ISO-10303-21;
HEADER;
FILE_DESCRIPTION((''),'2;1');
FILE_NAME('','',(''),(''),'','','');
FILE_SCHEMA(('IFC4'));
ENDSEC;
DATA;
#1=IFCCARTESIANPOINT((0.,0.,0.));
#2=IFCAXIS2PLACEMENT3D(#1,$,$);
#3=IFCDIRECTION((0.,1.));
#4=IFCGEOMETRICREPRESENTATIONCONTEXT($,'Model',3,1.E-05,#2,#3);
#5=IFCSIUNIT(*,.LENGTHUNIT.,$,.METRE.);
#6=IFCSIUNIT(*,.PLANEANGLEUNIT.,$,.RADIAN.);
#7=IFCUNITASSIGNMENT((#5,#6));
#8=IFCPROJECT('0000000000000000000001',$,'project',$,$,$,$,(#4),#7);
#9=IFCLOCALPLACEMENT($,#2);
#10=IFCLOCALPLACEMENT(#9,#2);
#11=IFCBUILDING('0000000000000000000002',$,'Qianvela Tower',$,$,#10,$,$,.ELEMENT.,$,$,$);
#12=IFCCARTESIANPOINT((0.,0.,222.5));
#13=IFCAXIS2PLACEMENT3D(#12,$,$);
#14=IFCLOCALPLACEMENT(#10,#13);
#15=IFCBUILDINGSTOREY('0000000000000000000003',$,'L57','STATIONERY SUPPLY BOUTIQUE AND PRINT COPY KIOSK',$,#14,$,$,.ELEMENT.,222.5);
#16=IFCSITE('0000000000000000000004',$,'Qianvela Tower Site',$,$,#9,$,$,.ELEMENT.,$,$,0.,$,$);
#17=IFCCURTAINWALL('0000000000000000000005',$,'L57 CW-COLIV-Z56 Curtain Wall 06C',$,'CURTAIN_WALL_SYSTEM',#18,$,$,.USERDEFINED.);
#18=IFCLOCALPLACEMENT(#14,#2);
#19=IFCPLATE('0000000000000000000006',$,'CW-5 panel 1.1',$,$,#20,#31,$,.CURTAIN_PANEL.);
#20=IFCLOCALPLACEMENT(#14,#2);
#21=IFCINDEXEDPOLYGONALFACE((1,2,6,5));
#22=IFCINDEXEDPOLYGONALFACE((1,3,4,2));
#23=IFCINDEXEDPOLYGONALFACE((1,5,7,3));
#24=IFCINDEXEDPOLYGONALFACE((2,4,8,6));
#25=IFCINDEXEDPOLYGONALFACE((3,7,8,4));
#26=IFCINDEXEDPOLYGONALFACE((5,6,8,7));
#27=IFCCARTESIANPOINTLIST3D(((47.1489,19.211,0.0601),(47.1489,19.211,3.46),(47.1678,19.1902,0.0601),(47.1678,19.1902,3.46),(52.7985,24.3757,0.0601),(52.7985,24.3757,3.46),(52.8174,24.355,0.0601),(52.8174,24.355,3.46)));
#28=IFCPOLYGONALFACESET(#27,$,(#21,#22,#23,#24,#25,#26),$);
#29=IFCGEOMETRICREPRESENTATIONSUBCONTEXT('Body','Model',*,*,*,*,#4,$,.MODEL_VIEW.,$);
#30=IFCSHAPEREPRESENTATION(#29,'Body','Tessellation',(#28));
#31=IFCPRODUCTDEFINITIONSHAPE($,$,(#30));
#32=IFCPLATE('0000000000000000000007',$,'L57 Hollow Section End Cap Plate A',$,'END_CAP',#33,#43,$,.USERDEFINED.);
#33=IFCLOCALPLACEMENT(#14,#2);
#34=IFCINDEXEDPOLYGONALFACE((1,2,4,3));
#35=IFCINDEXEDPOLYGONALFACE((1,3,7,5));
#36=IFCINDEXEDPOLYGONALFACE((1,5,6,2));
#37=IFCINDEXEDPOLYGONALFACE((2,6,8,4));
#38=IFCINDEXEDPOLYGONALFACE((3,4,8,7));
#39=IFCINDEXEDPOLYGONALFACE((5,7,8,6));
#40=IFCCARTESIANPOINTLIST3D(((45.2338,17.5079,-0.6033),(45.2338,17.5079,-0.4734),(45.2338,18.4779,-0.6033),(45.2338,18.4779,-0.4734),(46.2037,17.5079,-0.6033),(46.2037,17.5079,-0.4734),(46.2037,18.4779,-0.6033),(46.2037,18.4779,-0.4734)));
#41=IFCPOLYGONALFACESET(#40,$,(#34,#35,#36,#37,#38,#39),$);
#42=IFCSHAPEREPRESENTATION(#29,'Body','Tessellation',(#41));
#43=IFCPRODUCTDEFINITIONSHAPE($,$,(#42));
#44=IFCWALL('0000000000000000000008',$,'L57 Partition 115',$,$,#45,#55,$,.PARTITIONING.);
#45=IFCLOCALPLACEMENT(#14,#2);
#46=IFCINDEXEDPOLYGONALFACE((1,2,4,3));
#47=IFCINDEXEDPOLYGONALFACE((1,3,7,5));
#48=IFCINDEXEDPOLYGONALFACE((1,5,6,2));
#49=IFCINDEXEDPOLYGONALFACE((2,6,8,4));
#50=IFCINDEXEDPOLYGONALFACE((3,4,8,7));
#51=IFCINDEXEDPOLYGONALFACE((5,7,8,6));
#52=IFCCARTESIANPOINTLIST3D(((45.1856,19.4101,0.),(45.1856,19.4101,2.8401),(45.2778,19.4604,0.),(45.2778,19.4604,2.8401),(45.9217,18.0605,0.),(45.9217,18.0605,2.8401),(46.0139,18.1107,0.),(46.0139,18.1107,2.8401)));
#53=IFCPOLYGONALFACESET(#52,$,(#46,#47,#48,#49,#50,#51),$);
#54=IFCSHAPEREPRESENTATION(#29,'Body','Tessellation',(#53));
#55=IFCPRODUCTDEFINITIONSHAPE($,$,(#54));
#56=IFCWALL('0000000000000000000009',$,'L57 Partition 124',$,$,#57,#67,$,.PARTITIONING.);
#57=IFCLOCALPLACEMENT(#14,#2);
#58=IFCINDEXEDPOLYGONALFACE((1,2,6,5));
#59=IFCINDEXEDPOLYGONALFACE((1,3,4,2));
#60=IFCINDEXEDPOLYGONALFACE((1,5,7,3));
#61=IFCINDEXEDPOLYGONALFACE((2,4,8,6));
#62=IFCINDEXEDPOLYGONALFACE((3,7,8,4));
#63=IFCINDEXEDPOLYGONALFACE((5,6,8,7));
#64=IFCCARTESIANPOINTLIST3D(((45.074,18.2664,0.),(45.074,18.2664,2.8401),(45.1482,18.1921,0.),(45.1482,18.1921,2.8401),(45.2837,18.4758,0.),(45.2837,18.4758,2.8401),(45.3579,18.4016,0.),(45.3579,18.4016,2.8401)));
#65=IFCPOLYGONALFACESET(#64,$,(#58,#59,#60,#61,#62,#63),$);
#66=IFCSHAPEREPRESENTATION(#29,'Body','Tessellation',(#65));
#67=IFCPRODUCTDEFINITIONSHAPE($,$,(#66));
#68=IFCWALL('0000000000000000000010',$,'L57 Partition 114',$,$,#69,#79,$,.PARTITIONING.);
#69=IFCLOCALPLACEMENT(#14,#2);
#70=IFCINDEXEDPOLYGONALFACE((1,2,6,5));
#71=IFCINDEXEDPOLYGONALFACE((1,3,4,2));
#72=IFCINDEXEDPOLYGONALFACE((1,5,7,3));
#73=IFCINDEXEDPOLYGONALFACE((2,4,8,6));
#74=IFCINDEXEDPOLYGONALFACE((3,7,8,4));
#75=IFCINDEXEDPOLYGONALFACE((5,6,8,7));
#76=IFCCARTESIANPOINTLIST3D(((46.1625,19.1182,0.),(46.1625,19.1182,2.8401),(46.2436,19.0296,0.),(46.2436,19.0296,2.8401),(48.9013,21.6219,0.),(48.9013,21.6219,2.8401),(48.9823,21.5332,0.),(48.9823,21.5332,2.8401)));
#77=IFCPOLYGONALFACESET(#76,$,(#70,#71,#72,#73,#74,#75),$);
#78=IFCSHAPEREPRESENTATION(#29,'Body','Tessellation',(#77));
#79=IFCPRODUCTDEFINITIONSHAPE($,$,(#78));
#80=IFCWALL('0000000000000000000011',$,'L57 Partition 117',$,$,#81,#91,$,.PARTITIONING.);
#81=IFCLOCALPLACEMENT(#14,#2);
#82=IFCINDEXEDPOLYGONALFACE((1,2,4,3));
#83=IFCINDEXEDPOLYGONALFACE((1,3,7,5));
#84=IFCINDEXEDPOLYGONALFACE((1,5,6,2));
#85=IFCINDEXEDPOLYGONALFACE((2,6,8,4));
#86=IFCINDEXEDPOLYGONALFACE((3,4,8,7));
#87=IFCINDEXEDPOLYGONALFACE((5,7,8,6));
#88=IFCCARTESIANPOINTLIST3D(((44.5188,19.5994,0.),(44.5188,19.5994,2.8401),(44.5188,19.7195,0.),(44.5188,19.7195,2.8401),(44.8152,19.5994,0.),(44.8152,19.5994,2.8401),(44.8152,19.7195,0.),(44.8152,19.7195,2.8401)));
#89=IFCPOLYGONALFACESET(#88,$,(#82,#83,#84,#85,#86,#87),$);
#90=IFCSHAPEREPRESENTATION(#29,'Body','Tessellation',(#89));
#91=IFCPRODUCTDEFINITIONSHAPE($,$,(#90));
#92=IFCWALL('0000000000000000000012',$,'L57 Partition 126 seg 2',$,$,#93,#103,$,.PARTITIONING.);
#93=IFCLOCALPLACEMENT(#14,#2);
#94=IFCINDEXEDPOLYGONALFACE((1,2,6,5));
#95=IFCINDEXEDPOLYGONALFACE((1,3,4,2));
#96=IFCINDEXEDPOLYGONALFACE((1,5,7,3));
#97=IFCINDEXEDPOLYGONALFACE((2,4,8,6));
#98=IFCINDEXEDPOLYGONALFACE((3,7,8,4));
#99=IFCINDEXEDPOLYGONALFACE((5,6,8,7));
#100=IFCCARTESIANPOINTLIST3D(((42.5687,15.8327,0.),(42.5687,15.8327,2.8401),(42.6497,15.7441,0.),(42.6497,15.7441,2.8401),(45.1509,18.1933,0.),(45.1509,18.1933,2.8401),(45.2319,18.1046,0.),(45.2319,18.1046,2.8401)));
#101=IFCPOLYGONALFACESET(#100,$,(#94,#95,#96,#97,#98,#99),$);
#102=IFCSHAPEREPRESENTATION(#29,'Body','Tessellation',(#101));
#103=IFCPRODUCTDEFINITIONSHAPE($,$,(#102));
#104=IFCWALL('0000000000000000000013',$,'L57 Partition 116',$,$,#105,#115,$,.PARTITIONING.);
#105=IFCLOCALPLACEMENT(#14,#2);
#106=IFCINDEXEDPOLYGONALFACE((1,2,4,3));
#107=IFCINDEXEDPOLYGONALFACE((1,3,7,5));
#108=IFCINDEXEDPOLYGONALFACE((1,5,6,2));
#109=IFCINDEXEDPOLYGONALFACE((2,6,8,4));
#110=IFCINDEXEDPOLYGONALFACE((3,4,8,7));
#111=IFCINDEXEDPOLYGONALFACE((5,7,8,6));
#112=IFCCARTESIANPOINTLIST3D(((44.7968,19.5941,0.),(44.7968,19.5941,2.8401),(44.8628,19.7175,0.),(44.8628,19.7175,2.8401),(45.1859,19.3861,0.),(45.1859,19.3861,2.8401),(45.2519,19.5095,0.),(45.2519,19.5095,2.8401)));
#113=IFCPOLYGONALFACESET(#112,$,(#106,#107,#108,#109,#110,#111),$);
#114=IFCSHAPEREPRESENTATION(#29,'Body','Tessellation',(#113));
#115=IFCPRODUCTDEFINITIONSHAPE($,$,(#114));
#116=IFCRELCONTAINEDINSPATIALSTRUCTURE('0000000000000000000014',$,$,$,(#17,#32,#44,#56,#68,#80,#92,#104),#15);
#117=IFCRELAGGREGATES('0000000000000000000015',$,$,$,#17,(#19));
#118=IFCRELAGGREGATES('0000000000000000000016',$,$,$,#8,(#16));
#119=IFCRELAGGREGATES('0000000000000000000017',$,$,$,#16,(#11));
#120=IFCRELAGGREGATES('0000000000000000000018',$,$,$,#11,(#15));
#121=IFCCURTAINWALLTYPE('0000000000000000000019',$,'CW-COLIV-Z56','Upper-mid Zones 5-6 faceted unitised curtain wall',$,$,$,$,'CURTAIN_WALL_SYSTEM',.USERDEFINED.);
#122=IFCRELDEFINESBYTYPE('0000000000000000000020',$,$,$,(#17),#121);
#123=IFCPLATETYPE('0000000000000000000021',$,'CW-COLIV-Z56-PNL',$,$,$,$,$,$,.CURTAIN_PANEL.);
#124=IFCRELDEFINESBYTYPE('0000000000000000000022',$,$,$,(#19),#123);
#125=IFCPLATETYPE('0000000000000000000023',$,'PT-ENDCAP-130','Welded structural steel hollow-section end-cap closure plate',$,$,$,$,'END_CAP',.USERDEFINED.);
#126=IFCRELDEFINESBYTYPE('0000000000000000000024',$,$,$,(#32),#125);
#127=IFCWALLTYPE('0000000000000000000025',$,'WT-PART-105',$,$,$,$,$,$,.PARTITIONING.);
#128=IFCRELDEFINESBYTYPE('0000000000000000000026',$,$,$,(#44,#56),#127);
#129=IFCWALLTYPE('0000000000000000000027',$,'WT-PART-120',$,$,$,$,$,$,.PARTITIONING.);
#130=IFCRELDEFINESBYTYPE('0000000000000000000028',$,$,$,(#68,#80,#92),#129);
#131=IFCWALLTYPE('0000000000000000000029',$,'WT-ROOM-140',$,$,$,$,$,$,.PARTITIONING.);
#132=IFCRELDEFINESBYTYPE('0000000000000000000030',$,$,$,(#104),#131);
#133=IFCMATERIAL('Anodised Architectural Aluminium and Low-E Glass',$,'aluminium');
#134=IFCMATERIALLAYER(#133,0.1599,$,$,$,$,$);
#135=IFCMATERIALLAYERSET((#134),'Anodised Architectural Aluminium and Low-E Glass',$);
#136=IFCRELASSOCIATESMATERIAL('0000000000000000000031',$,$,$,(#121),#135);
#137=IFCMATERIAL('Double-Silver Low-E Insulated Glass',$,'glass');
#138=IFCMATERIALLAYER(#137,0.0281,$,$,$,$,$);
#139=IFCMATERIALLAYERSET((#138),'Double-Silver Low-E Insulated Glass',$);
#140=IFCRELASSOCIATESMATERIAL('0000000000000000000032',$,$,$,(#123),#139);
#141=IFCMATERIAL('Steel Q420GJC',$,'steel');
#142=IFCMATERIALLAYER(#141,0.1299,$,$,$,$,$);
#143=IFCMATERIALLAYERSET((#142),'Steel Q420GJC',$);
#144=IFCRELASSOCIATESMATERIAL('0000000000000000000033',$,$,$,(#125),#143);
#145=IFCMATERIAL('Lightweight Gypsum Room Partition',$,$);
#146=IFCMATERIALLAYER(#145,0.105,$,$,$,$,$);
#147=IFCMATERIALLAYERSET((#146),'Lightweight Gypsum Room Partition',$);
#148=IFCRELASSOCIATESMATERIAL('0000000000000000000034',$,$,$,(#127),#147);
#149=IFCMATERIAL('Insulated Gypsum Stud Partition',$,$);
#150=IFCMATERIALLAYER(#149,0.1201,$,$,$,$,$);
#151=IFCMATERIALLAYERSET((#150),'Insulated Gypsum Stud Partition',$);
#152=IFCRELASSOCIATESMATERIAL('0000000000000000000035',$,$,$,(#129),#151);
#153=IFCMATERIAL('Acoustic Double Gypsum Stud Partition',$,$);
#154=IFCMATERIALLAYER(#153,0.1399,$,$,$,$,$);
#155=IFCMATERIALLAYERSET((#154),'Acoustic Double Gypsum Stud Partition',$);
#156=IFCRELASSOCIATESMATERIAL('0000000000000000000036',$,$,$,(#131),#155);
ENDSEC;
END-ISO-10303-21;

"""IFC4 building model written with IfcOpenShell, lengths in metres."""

from ifc_helpers import new_model, si_unit, direction, frame, frame_2d, origin, origin_2d, place, context, subcontext, project, spatial, rectangle, extrude, material, layer, layer_set, type_object, element, aggregate, save


model = new_model("IFC4")

# Units and contexts
model_context = context("Model", 3, precision=1e-05, world=origin(), true_north=direction((0.0, 1.0)))
body_context = subcontext(model_context, "Body", "Model", "MODEL_VIEW")
ifc_project = project(units=[si_unit("LENGTHUNIT", "METRE"), si_unit("PLANEANGLEUNIT", "RADIAN")], contexts=[model_context])

# Site, building, storey
site_placement = place(None, origin())
site = spatial("IfcSite", under=ifc_project, at=site_placement, Name="Qianvela Tower Site", CompositionType="ELEMENT", RefElevation=0.0)
building_placement = place(site_placement, origin())
building = spatial("IfcBuilding", under=site, at=building_placement, Name="Qianvela Tower", CompositionType="ELEMENT")
storey_placement = place(building_placement, frame((0.0, 0.0, 222.5)))
storey = spatial("IfcBuildingStorey", under=building, at=storey_placement, Name="L57", Description="STATIONERY SUPPLY BOUTIQUE AND PRINT COPY KIOSK", CompositionType="ELEMENT", Elevation=222.5)

# Curtain wall
ifc_material_1 = material(Name="Anodised Architectural Aluminium and Low-E Glass", Category="aluminium")
ifc_layer_1 = layer(ifc_material_1, 0.1599)
ifc_layer_set_1 = layer_set([ifc_layer_1], Name="Anodised Architectural Aluminium and Low-E Glass")
curtain_wall_type_1 = type_object("IfcCurtainWallType", Name="CW-COLIV-Z56", Description="Upper-mid Zones 5-6 faceted unitised curtain wall", ElementType="CURTAIN_WALL_SYSTEM", PredefinedType="USERDEFINED", material=ifc_layer_set_1)
curtain_wall_1_placement = place(storey_placement, origin())
curtain_wall_1 = element("IfcCurtainWall", 1, at=curtain_wall_1_placement, inside=storey, type_object=curtain_wall_type_1, Name="L57 CW-COLIV-Z56 Curtain Wall 06C", ObjectType="CURTAIN_WALL_SYSTEM", PredefinedType="USERDEFINED")

# Plates
ifc_material_2 = material(Name="Double-Silver Low-E Insulated Glass", Category="glass")
ifc_layer_2 = layer(ifc_material_2, 0.0281)
ifc_layer_set_2 = layer_set([ifc_layer_2], Name="Double-Silver Low-E Insulated Glass")
plate_type_1 = type_object("IfcPlateType", Name="CW-COLIV-Z56-PNL", PredefinedType="CURTAIN_PANEL", material=ifc_layer_set_2)
plate_1_placement = place(storey_placement, frame((49.9832, 21.783, 0.0601), z_axis=(0.0, 0.0, 1.0), x_axis=(0.738066, 0.674729, 0.0)))
plate_1 = element("IfcPlate", 2, at=plate_1_placement, type_object=plate_type_1, Name="CW-5 panel 1.1", PredefinedType="CURTAIN_PANEL", context=body_context, shape_type="SweptSolid", body=[
    extrude(rectangle(XDim=7.6545, YDim=0.0281, at=origin_2d()), origin(), (0.0, 0.0, 1.0), 3.3999),
])
aggregate(curtain_wall_1, [plate_1])
ifc_material_3 = material(Name="Steel Q420GJC", Category="steel")
ifc_layer_3 = layer(ifc_material_3, 0.1299)
ifc_layer_set_3 = layer_set([ifc_layer_3], Name="Steel Q420GJC")
plate_type_2 = type_object("IfcPlateType", Name="PT-ENDCAP-130", Description="Welded structural steel hollow-section end-cap closure plate", ElementType="END_CAP", PredefinedType="USERDEFINED", material=ifc_layer_set_3)
plate_2_placement = place(storey_placement, frame((45.7188, 17.9929, -0.6033), z_axis=(0.0, 0.0, 1.0), x_axis=(1.0, 0.0, 0.0)))
element("IfcPlate", 3, at=plate_2_placement, inside=storey, type_object=plate_type_2, Name="L57 Hollow Section End Cap Plate A", ObjectType="END_CAP", PredefinedType="USERDEFINED", context=body_context, shape_type="SweptSolid", body=[
    extrude(rectangle(XDim=0.97, YDim=0.97, at=origin_2d()), origin(), (0.0, 0.0, 1.0), 0.1299),
])

# Walls
ifc_material_4 = material(Name="Lightweight Gypsum Room Partition")
ifc_layer_4 = layer(ifc_material_4, 0.105)
ifc_layer_set_4 = layer_set([ifc_layer_4], Name="Lightweight Gypsum Room Partition")
wall_type_1 = type_object("IfcWallType", Name="WT-PART-105", PredefinedType="PARTITIONING", material=ifc_layer_set_4)
wall_1_placement = place(storey_placement, frame((45.9678, 18.0857, 0.0), z_axis=(0.0, 0.0, 1.0), x_axis=(-0.478819, 0.877914, 0.0)))
element("IfcWall", 4, at=wall_1_placement, inside=storey, type_object=wall_type_1, Name="L57 Partition 115", PredefinedType="PARTITIONING", context=body_context, shape_type="SweptSolid", body=[
    extrude(rectangle(XDim=1.5374, YDim=0.105, at=frame_2d((0.7686, 0.0))), origin(), (0.0, 0.0, 1.0), 2.8401),
])
wall_2_placement = place(storey_placement, frame((45.1111, 18.2292, 0.0), z_axis=(0.0, 0.0, 1.0), x_axis=(0.707518, 0.706695, 0.0)))
element("IfcWall", 5, at=wall_2_placement, inside=storey, type_object=wall_type_1, Name="L57 Partition 124", PredefinedType="PARTITIONING", context=body_context, shape_type="SweptSolid", body=[
    extrude(rectangle(XDim=0.2964, YDim=0.105, at=frame_2d((0.1482, 0.0))), origin(), (0.0, 0.0, 1.0), 2.8401),
])
ifc_material_5 = material(Name="Insulated Gypsum Stud Partition")
ifc_layer_5 = layer(ifc_material_5, 0.1201)
ifc_layer_set_5 = layer_set([ifc_layer_5], Name="Insulated Gypsum Stud Partition")
wall_type_2 = type_object("IfcWallType", Name="WT-PART-120", PredefinedType="PARTITIONING", material=ifc_layer_set_5)
wall_3_placement = place(storey_placement, frame((48.9419, 21.5776, 0.0), z_axis=(0.0, 0.0, 1.0), x_axis=(-0.738077, -0.674717, 0.0)))
element("IfcWall", 6, at=wall_3_placement, inside=storey, type_object=wall_type_2, Name="L57 Partition 114", PredefinedType="PARTITIONING", context=body_context, shape_type="SweptSolid", body=[
    extrude(rectangle(XDim=3.7107, YDim=0.1201, at=frame_2d((1.8555, 0.0))), origin(), (0.0, 0.0, 1.0), 2.8401),
])
wall_4_placement = place(storey_placement, frame((44.8152, 19.6594, 0.0), z_axis=(0.0, 0.0, 1.0), x_axis=(-1.0, 0.0, 0.0)))
element("IfcWall", 7, at=wall_4_placement, inside=storey, type_object=wall_type_2, Name="L57 Partition 117", PredefinedType="PARTITIONING", context=body_context, shape_type="SweptSolid", body=[
    extrude(rectangle(XDim=0.2964, YDim=0.1201, at=frame_2d((0.1482, 0.0))), origin(), (0.0, 0.0, 1.0), 2.8401),
])
wall_5_placement = place(storey_placement, frame((45.1914, 18.1489, 0.0), z_axis=(0.0, 0.0, 1.0), x_axis=(-0.738077, -0.674716, 0.0)))
element("IfcWall", 8, at=wall_5_placement, inside=storey, type_object=wall_type_2, Name="L57 Partition 126 seg 2", PredefinedType="PARTITIONING", context=body_context, shape_type="SweptSolid", body=[
    extrude(rectangle(XDim=3.4985, YDim=0.1201, at=frame_2d((1.7493, 0.0))), origin(), (0.0, 0.0, 1.0), 2.8401),
])
ifc_material_6 = material(Name="Acoustic Double Gypsum Stud Partition")
ifc_layer_6 = layer(ifc_material_6, 0.1399)
ifc_layer_set_6 = layer_set([ifc_layer_6], Name="Acoustic Double Gypsum Stud Partition")
wall_type_3 = type_object("IfcWallType", Name="WT-ROOM-140", PredefinedType="PARTITIONING", material=ifc_layer_set_6)
wall_6_placement = place(storey_placement, frame((45.219, 19.4478, 0.0), z_axis=(0.0, 0.0, 1.0), x_axis=(-0.881924, 0.471392, 0.0)))
element("IfcWall", 9, at=wall_6_placement, inside=storey, type_object=wall_type_3, Name="L57 Partition 116", PredefinedType="PARTITIONING", context=body_context, shape_type="SweptSolid", body=[
    extrude(rectangle(XDim=0.4412, YDim=0.1399, at=frame_2d((0.2207, 0.0))), origin(), (0.0, 0.0, 1.0), 2.8401),
])

save(model, "model.ifc")
